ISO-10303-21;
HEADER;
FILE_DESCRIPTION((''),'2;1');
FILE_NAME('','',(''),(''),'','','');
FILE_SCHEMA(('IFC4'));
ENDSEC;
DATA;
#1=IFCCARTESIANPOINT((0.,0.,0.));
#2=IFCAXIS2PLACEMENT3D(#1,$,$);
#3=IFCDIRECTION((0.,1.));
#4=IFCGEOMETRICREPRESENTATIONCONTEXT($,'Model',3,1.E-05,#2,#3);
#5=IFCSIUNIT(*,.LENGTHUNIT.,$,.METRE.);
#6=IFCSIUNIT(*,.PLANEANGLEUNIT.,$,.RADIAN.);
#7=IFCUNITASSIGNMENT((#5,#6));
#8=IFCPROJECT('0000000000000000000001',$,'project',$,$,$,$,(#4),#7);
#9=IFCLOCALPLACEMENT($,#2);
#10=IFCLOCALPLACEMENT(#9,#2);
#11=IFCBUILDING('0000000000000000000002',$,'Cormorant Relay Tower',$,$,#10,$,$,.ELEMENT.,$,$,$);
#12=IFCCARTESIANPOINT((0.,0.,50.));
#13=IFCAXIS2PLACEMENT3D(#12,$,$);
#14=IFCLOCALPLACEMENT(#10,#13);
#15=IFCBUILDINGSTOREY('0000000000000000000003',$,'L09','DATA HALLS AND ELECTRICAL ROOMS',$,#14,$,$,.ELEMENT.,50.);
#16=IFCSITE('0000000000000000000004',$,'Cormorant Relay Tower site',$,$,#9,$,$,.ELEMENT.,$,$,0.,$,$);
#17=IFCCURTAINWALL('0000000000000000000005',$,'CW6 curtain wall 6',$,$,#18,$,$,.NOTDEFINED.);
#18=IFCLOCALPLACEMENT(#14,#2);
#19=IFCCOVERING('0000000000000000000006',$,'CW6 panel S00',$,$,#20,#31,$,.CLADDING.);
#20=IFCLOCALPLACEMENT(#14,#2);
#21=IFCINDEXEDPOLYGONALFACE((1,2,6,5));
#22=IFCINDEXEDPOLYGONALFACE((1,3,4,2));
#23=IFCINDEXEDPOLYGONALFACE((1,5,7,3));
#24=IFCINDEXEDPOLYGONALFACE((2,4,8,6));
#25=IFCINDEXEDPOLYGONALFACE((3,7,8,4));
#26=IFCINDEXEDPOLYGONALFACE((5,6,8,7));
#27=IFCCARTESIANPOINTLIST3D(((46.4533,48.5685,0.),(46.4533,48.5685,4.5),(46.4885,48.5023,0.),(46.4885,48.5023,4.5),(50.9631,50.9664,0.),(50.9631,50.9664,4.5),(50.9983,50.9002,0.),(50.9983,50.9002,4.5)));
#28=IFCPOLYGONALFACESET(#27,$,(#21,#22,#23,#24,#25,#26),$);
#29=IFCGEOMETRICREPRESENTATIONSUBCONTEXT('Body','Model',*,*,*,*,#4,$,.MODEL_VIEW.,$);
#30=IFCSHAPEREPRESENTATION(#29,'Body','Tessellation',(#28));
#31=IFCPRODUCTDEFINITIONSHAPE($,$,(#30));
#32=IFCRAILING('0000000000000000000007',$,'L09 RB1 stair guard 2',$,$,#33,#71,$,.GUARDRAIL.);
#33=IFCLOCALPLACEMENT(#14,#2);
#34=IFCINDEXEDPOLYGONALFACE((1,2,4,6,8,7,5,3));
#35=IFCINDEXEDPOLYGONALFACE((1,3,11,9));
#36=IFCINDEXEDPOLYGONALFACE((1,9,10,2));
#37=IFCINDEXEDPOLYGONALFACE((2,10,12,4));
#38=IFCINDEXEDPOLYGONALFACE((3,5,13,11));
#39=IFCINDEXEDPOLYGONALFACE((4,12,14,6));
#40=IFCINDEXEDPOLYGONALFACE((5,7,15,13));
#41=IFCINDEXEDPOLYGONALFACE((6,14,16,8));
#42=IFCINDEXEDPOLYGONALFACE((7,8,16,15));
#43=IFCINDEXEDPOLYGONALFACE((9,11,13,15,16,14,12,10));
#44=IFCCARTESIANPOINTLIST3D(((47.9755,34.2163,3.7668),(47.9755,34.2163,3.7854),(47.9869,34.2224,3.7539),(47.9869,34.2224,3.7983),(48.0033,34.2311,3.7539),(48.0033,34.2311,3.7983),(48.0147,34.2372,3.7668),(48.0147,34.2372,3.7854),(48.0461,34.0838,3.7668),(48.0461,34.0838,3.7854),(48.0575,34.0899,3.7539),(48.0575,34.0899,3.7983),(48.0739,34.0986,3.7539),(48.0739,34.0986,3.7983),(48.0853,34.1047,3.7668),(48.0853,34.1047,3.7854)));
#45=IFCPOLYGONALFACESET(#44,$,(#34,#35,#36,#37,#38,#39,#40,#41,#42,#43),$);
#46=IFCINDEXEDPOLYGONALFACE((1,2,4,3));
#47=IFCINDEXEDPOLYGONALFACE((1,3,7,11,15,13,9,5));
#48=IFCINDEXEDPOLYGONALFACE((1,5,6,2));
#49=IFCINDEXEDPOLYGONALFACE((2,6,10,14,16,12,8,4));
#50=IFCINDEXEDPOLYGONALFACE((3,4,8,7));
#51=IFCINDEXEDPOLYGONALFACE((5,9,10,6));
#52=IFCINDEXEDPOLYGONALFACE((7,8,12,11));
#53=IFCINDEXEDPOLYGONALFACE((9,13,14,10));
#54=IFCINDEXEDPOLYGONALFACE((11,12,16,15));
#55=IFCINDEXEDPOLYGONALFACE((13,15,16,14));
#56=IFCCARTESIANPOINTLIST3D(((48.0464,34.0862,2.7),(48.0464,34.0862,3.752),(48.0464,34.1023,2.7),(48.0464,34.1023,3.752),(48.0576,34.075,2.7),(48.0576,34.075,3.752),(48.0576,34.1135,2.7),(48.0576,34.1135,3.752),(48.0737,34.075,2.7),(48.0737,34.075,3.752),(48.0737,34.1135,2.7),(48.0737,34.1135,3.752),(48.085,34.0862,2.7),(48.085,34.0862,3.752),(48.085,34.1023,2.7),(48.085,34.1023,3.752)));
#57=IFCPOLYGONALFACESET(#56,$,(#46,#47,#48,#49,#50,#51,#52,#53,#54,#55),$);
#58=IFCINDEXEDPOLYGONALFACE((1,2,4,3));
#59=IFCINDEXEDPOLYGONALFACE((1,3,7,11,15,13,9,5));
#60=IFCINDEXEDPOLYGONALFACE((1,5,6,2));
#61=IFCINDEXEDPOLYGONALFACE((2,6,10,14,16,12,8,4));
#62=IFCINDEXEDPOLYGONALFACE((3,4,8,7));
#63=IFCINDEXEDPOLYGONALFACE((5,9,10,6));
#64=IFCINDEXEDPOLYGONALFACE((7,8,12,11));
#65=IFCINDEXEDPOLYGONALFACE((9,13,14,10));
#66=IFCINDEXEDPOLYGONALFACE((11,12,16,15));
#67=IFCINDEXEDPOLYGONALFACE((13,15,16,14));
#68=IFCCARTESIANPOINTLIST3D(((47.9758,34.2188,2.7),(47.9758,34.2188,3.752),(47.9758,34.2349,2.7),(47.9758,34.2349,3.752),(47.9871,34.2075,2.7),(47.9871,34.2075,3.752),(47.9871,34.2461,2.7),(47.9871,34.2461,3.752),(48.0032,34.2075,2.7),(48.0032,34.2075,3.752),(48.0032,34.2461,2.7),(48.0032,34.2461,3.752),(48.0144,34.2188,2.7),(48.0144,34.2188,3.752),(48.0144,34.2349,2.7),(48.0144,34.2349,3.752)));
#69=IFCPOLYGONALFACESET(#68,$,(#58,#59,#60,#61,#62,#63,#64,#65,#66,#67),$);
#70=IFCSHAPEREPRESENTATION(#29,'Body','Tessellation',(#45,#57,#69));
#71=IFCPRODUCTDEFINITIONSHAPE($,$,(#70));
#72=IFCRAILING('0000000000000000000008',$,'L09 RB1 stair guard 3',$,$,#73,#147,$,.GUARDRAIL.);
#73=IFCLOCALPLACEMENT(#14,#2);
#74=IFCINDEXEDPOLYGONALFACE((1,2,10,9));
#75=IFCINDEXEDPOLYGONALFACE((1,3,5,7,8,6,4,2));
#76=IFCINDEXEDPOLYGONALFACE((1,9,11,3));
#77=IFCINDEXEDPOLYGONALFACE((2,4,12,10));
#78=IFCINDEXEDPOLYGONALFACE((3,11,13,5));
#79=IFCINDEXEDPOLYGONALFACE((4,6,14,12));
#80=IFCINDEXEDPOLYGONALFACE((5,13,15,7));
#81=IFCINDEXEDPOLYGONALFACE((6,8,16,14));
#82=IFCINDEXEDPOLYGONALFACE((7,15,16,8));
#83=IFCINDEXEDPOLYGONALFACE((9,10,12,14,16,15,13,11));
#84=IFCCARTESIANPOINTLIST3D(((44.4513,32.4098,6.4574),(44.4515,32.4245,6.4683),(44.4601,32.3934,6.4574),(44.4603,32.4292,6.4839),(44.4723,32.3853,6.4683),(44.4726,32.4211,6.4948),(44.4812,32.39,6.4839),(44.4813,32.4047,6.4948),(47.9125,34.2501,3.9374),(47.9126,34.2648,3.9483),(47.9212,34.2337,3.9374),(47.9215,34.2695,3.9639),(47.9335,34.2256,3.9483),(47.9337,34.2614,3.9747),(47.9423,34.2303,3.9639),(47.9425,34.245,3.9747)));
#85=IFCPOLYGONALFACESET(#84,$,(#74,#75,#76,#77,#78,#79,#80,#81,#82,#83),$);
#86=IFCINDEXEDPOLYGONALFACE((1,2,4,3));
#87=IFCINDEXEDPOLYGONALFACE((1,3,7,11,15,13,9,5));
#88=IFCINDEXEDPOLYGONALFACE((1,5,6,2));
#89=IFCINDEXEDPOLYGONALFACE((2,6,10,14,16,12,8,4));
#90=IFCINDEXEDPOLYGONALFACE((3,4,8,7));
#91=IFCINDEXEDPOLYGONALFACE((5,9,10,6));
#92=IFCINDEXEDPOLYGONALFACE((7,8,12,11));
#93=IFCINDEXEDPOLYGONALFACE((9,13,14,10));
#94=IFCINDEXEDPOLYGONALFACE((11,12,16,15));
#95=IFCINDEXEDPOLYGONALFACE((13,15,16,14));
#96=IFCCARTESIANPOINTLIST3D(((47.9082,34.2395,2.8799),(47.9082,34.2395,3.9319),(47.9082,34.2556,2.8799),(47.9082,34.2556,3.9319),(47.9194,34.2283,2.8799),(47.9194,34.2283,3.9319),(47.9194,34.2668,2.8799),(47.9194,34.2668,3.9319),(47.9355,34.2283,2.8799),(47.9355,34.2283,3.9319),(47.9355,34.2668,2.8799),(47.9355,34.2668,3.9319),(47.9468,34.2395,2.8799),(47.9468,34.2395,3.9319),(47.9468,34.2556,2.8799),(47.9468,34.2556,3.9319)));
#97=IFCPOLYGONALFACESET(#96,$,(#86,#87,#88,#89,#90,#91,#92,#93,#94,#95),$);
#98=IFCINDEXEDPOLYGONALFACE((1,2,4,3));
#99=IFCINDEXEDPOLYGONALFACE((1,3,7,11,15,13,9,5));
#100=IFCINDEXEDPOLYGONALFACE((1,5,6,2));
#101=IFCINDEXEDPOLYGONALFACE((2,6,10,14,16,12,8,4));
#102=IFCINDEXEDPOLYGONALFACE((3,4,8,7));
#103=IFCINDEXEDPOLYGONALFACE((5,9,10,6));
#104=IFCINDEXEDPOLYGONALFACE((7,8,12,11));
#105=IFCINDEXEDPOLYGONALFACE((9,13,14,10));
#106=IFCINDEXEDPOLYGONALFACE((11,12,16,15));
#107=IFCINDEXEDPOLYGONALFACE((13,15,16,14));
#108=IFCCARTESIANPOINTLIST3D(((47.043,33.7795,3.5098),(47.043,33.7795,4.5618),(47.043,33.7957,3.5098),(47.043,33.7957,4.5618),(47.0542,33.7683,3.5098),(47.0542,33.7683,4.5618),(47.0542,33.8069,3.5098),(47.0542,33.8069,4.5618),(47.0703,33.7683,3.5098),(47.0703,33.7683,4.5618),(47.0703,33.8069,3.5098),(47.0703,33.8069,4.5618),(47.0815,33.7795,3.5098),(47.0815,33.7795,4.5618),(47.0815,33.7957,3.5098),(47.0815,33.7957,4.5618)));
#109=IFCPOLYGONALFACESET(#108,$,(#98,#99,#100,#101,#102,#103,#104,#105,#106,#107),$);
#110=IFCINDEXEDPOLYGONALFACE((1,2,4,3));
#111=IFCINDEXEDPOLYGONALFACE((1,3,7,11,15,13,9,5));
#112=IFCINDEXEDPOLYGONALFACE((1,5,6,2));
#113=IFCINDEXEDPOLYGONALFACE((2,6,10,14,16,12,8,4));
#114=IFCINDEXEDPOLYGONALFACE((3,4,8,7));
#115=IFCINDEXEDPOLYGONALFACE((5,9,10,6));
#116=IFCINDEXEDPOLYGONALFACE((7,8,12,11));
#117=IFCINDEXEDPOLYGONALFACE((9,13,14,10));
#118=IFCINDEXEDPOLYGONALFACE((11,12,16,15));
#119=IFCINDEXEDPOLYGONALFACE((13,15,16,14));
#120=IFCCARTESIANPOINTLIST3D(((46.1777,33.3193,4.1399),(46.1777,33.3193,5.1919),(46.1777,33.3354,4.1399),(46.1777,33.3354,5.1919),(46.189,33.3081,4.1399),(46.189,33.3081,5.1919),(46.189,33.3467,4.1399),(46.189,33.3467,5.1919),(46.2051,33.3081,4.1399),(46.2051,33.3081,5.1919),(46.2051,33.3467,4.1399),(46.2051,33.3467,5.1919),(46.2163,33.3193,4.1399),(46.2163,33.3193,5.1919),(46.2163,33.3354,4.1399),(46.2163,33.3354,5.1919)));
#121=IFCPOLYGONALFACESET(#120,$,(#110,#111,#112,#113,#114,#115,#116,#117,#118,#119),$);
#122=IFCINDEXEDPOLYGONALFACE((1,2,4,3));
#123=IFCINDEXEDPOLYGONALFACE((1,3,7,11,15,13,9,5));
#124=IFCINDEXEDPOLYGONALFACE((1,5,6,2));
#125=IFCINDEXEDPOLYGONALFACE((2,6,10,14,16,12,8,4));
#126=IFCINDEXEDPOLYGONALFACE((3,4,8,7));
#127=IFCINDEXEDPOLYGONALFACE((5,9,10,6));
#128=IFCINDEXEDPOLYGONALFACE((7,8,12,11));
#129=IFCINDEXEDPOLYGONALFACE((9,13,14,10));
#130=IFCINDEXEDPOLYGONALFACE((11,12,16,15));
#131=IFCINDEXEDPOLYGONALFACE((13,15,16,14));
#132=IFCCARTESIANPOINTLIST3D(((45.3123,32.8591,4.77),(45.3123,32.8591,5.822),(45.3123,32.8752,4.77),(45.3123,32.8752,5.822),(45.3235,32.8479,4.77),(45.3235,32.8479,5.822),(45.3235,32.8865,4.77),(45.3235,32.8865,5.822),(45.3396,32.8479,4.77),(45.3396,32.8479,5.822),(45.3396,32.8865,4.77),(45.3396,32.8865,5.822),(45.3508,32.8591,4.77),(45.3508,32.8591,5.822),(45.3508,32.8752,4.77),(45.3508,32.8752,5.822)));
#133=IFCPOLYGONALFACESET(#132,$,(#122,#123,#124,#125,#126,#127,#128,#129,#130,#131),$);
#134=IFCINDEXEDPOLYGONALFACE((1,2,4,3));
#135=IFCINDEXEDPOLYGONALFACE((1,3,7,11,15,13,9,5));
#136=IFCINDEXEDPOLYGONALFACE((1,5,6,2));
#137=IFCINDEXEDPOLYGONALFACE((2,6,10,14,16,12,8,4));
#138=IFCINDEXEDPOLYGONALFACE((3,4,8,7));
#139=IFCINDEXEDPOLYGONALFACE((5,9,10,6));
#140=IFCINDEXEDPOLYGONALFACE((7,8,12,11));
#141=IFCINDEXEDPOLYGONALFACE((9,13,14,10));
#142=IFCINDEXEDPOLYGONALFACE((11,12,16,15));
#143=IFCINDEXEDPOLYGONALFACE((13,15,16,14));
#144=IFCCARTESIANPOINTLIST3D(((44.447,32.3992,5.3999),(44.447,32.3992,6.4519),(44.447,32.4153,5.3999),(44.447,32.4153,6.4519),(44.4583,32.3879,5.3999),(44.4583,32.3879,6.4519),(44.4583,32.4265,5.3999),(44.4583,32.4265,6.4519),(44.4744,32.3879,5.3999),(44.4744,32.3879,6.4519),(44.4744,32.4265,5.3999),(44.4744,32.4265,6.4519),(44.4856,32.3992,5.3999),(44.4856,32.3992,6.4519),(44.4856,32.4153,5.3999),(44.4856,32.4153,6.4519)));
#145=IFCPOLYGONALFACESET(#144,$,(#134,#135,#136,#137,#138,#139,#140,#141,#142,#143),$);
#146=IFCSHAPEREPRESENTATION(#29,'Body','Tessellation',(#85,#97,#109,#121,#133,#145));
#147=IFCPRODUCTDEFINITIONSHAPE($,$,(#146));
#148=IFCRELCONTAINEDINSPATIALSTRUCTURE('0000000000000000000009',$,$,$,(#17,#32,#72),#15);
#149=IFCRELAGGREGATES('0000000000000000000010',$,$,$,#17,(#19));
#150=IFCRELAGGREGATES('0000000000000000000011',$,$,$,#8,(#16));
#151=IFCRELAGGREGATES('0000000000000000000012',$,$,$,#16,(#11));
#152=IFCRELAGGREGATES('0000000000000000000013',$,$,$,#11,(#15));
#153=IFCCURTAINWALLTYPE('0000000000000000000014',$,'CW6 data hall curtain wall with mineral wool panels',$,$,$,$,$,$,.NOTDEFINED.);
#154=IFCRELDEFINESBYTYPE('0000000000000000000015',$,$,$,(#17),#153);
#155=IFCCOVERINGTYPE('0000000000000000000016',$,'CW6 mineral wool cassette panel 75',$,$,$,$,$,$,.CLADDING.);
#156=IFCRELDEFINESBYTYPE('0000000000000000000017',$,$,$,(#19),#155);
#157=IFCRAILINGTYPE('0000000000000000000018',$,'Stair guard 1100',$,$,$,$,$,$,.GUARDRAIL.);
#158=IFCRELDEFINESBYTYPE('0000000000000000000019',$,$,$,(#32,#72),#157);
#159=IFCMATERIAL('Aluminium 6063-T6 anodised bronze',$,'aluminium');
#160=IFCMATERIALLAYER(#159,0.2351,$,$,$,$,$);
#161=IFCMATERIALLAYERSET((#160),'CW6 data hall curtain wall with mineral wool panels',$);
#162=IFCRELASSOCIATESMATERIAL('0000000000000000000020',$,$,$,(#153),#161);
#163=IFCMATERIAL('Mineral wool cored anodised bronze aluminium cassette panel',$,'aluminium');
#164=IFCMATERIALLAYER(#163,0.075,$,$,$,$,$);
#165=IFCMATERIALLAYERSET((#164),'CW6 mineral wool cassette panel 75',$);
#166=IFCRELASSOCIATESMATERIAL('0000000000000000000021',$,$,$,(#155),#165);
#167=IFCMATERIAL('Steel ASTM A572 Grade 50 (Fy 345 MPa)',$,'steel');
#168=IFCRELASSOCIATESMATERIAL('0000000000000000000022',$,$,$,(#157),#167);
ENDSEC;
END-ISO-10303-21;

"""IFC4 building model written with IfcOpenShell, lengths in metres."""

from ifc_helpers import new_model, si_unit, direction, frame, origin, origin_2d, place, context, subcontext, project, spatial, polyline, rectangle, outline, extrude, material, layer, layer_set, type_object, element, aggregate, save


model = new_model("IFC4")

# Units and contexts
model_context = context("Model", 3, precision=1e-05, world=origin(), true_north=direction((0.0, 1.0)))
body_context = subcontext(model_context, "Body", "Model", "MODEL_VIEW")
ifc_project = project(units=[si_unit("LENGTHUNIT", "METRE"), si_unit("PLANEANGLEUNIT", "RADIAN")], contexts=[model_context])

# Site, building, storey
site_placement = place(None, origin())
site = spatial("IfcSite", under=ifc_project, at=site_placement, Name="Cormorant Relay Tower site", CompositionType="ELEMENT", RefElevation=0.0)
building_placement = place(site_placement, origin())
building = spatial("IfcBuilding", under=site, at=building_placement, Name="Cormorant Relay Tower", CompositionType="ELEMENT")
storey_placement = place(building_placement, frame((0.0, 0.0, 50.0)))
storey = spatial("IfcBuildingStorey", under=building, at=storey_placement, Name="L09", Description="DATA HALLS AND ELECTRICAL ROOMS", CompositionType="ELEMENT", Elevation=50.0)

# Shared definitions
ifc_material_1 = material(Name="Aluminium 6063-T6 anodised bronze", Category="aluminium")
ifc_layer_1 = layer(ifc_material_1, 0.2351)
ifc_layer_set_1 = layer_set([ifc_layer_1], Name="CW6 data hall curtain wall with mineral wool panels")
curtain_wall_type = type_object("IfcCurtainWallType", Name="CW6 data hall curtain wall with mineral wool panels", PredefinedType="NOTDEFINED", material=ifc_layer_set_1)

# Curtain wall
curtain_wall_1_placement = place(storey_placement, origin())
curtain_wall_1 = element("IfcCurtainWall", 1, at=curtain_wall_1_placement, inside=storey, type_object=curtain_wall_type, Name="CW6 curtain wall 6", PredefinedType="NOTDEFINED")

# Covering
ifc_material_2 = material(Name="Mineral wool cored anodised bronze aluminium cassette panel", Category="aluminium")
ifc_layer_2 = layer(ifc_material_2, 0.075)
ifc_layer_set_2 = layer_set([ifc_layer_2], Name="CW6 mineral wool cassette panel 75")
covering_type = type_object("IfcCoveringType", Name="CW6 mineral wool cassette panel 75", PredefinedType="CLADDING", material=ifc_layer_set_2)
covering_1_placement = place(storey_placement, frame((48.7258, 49.7344, 0.0), z_axis=(0.0, 0.0, 1.0), x_axis=(-0.882948, -0.469472, 0.0)))
covering_1 = element("IfcCovering", 2, at=covering_1_placement, type_object=covering_type, Name="CW6 panel S00", PredefinedType="CLADDING", context=body_context, shape_type="SweptSolid", body=[
    extrude(rectangle(XDim=5.1077, YDim=0.075, at=origin_2d()), origin(), (0.0, 0.0, 1.0), 4.5),
])
aggregate(curtain_wall_1, [covering_1])

# Railings
ifc_material_3 = material(Name="Steel ASTM A572 Grade 50 (Fy 345 MPa)", Category="steel")
railing_type_1 = type_object("IfcRailingType", Name="Stair guard 1100", PredefinedType="GUARDRAIL", material=ifc_material_3)
railing_1_placement = place(storey_placement, frame((48.0657, 34.0942, 2.7)))
element("IfcRailing", 3, at=railing_1_placement, inside=storey, type_object=railing_type_1, Name="L09 RB1 stair guard 2", PredefinedType="GUARDRAIL", context=body_context, shape_type="SweptSolid", body=[
    extrude(outline(polyline([(0.0222, 0.0093), (0.0093, 0.0222), (-0.0093, 0.0222), (-0.0222, 0.0093), (-0.0222, -0.0093), (-0.0093, -0.0222), (0.0093, -0.0222), (0.0222, -0.0093), (0.0222, 0.0093)])), frame((0.0, 0.0, 1.0762), z_axis=(-0.469829, 0.882758, 0.0), x_axis=(-0.882758, -0.469829, 0.0)), (0.0, 0.0, 1.0), 0.1501),
    extrude(outline(polyline([(0.0193, 0.0081), (0.0081, 0.0193), (-0.0081, 0.0193), (-0.0193, 0.0081), (-0.0193, -0.0081), (-0.0081, -0.0193), (0.0081, -0.0193), (0.0193, -0.0081), (0.0193, 0.0081)])), origin(), (0.0, 0.0, 1.0), 1.052),
    extrude(outline(polyline([(0.0193, 0.0081), (0.0081, 0.0193), (-0.0081, 0.0193), (-0.0193, 0.0081), (-0.0193, -0.0081), (-0.0081, -0.0193), (0.0081, -0.0193), (0.0193, -0.0081), (0.0193, 0.0081)])), frame((-0.0706, 0.1326, 0.0)), (0.0, 0.0, 1.0), 1.052),
])
railing_2_placement = place(storey_placement, frame((47.9275, 34.2476, 2.8799)))
element("IfcRailing", 4, at=railing_2_placement, inside=storey, type_object=railing_type_1, Name="L09 RB1 stair guard 3", PredefinedType="GUARDRAIL", context=body_context, shape_type="SweptSolid", body=[
    extrude(outline(polyline([(0.0222, 0.0093), (0.0093, 0.0222), (-0.0093, 0.0222), (-0.0222, 0.0093), (-0.0222, -0.0093), (-0.0093, -0.0222), (0.0093, -0.0222), (0.0222, -0.0093), (0.0222, 0.0093)])), frame((0.0, 0.0, 1.0762), z_axis=(-0.742717, -0.394907, 0.540758), x_axis=(0.469469, -0.882949, 0.0)), (0.0, 0.0, 1.0), 4.6602),
    extrude(outline(polyline([(0.0193, 0.0081), (0.0081, 0.0193), (-0.0081, 0.0193), (-0.0193, 0.0081), (-0.0193, -0.0081), (-0.0081, -0.0193), (0.0081, -0.0193), (0.0193, -0.0081), (0.0193, 0.0081)])), origin(), (0.0, 0.0, 1.0), 1.052),
    extrude(outline(polyline([(0.0193, 0.0081), (0.0081, 0.0193), (-0.0081, 0.0193), (-0.0193, 0.0081), (-0.0193, -0.0081), (-0.0081, -0.0193), (0.0081, -0.0193), (0.0193, -0.0081), (0.0193, 0.0081)])), frame((-0.8652, -0.46, 0.6299)), (0.0, 0.0, 1.0), 1.052),
    extrude(outline(polyline([(0.0193, 0.0081), (0.0081, 0.0193), (-0.0081, 0.0193), (-0.0193, 0.0081), (-0.0193, -0.0081), (-0.0081, -0.0193), (0.0081, -0.0193), (0.0193, -0.0081), (0.0193, 0.0081)])), frame((-1.7305, -0.9202, 1.26)), (0.0, 0.0, 1.0), 1.052),
    extrude(outline(polyline([(0.0193, 0.0081), (0.0081, 0.0193), (-0.0081, 0.0193), (-0.0193, 0.0081), (-0.0193, -0.0081), (-0.0081, -0.0193), (0.0081, -0.0193), (0.0193, -0.0081), (0.0193, 0.0081)])), frame((-2.5959, -1.3804, 1.8901)), (0.0, 0.0, 1.0), 1.052),
    extrude(outline(polyline([(0.0193, 0.0081), (0.0081, 0.0193), (-0.0081, 0.0193), (-0.0193, 0.0081), (-0.0193, -0.0081), (-0.0081, -0.0193), (0.0081, -0.0193), (0.0193, -0.0081), (0.0193, 0.0081)])), frame((-3.4612, -1.8403, 2.52)), (0.0, 0.0, 1.0), 1.052),
])

save(model, "model.ifc")
